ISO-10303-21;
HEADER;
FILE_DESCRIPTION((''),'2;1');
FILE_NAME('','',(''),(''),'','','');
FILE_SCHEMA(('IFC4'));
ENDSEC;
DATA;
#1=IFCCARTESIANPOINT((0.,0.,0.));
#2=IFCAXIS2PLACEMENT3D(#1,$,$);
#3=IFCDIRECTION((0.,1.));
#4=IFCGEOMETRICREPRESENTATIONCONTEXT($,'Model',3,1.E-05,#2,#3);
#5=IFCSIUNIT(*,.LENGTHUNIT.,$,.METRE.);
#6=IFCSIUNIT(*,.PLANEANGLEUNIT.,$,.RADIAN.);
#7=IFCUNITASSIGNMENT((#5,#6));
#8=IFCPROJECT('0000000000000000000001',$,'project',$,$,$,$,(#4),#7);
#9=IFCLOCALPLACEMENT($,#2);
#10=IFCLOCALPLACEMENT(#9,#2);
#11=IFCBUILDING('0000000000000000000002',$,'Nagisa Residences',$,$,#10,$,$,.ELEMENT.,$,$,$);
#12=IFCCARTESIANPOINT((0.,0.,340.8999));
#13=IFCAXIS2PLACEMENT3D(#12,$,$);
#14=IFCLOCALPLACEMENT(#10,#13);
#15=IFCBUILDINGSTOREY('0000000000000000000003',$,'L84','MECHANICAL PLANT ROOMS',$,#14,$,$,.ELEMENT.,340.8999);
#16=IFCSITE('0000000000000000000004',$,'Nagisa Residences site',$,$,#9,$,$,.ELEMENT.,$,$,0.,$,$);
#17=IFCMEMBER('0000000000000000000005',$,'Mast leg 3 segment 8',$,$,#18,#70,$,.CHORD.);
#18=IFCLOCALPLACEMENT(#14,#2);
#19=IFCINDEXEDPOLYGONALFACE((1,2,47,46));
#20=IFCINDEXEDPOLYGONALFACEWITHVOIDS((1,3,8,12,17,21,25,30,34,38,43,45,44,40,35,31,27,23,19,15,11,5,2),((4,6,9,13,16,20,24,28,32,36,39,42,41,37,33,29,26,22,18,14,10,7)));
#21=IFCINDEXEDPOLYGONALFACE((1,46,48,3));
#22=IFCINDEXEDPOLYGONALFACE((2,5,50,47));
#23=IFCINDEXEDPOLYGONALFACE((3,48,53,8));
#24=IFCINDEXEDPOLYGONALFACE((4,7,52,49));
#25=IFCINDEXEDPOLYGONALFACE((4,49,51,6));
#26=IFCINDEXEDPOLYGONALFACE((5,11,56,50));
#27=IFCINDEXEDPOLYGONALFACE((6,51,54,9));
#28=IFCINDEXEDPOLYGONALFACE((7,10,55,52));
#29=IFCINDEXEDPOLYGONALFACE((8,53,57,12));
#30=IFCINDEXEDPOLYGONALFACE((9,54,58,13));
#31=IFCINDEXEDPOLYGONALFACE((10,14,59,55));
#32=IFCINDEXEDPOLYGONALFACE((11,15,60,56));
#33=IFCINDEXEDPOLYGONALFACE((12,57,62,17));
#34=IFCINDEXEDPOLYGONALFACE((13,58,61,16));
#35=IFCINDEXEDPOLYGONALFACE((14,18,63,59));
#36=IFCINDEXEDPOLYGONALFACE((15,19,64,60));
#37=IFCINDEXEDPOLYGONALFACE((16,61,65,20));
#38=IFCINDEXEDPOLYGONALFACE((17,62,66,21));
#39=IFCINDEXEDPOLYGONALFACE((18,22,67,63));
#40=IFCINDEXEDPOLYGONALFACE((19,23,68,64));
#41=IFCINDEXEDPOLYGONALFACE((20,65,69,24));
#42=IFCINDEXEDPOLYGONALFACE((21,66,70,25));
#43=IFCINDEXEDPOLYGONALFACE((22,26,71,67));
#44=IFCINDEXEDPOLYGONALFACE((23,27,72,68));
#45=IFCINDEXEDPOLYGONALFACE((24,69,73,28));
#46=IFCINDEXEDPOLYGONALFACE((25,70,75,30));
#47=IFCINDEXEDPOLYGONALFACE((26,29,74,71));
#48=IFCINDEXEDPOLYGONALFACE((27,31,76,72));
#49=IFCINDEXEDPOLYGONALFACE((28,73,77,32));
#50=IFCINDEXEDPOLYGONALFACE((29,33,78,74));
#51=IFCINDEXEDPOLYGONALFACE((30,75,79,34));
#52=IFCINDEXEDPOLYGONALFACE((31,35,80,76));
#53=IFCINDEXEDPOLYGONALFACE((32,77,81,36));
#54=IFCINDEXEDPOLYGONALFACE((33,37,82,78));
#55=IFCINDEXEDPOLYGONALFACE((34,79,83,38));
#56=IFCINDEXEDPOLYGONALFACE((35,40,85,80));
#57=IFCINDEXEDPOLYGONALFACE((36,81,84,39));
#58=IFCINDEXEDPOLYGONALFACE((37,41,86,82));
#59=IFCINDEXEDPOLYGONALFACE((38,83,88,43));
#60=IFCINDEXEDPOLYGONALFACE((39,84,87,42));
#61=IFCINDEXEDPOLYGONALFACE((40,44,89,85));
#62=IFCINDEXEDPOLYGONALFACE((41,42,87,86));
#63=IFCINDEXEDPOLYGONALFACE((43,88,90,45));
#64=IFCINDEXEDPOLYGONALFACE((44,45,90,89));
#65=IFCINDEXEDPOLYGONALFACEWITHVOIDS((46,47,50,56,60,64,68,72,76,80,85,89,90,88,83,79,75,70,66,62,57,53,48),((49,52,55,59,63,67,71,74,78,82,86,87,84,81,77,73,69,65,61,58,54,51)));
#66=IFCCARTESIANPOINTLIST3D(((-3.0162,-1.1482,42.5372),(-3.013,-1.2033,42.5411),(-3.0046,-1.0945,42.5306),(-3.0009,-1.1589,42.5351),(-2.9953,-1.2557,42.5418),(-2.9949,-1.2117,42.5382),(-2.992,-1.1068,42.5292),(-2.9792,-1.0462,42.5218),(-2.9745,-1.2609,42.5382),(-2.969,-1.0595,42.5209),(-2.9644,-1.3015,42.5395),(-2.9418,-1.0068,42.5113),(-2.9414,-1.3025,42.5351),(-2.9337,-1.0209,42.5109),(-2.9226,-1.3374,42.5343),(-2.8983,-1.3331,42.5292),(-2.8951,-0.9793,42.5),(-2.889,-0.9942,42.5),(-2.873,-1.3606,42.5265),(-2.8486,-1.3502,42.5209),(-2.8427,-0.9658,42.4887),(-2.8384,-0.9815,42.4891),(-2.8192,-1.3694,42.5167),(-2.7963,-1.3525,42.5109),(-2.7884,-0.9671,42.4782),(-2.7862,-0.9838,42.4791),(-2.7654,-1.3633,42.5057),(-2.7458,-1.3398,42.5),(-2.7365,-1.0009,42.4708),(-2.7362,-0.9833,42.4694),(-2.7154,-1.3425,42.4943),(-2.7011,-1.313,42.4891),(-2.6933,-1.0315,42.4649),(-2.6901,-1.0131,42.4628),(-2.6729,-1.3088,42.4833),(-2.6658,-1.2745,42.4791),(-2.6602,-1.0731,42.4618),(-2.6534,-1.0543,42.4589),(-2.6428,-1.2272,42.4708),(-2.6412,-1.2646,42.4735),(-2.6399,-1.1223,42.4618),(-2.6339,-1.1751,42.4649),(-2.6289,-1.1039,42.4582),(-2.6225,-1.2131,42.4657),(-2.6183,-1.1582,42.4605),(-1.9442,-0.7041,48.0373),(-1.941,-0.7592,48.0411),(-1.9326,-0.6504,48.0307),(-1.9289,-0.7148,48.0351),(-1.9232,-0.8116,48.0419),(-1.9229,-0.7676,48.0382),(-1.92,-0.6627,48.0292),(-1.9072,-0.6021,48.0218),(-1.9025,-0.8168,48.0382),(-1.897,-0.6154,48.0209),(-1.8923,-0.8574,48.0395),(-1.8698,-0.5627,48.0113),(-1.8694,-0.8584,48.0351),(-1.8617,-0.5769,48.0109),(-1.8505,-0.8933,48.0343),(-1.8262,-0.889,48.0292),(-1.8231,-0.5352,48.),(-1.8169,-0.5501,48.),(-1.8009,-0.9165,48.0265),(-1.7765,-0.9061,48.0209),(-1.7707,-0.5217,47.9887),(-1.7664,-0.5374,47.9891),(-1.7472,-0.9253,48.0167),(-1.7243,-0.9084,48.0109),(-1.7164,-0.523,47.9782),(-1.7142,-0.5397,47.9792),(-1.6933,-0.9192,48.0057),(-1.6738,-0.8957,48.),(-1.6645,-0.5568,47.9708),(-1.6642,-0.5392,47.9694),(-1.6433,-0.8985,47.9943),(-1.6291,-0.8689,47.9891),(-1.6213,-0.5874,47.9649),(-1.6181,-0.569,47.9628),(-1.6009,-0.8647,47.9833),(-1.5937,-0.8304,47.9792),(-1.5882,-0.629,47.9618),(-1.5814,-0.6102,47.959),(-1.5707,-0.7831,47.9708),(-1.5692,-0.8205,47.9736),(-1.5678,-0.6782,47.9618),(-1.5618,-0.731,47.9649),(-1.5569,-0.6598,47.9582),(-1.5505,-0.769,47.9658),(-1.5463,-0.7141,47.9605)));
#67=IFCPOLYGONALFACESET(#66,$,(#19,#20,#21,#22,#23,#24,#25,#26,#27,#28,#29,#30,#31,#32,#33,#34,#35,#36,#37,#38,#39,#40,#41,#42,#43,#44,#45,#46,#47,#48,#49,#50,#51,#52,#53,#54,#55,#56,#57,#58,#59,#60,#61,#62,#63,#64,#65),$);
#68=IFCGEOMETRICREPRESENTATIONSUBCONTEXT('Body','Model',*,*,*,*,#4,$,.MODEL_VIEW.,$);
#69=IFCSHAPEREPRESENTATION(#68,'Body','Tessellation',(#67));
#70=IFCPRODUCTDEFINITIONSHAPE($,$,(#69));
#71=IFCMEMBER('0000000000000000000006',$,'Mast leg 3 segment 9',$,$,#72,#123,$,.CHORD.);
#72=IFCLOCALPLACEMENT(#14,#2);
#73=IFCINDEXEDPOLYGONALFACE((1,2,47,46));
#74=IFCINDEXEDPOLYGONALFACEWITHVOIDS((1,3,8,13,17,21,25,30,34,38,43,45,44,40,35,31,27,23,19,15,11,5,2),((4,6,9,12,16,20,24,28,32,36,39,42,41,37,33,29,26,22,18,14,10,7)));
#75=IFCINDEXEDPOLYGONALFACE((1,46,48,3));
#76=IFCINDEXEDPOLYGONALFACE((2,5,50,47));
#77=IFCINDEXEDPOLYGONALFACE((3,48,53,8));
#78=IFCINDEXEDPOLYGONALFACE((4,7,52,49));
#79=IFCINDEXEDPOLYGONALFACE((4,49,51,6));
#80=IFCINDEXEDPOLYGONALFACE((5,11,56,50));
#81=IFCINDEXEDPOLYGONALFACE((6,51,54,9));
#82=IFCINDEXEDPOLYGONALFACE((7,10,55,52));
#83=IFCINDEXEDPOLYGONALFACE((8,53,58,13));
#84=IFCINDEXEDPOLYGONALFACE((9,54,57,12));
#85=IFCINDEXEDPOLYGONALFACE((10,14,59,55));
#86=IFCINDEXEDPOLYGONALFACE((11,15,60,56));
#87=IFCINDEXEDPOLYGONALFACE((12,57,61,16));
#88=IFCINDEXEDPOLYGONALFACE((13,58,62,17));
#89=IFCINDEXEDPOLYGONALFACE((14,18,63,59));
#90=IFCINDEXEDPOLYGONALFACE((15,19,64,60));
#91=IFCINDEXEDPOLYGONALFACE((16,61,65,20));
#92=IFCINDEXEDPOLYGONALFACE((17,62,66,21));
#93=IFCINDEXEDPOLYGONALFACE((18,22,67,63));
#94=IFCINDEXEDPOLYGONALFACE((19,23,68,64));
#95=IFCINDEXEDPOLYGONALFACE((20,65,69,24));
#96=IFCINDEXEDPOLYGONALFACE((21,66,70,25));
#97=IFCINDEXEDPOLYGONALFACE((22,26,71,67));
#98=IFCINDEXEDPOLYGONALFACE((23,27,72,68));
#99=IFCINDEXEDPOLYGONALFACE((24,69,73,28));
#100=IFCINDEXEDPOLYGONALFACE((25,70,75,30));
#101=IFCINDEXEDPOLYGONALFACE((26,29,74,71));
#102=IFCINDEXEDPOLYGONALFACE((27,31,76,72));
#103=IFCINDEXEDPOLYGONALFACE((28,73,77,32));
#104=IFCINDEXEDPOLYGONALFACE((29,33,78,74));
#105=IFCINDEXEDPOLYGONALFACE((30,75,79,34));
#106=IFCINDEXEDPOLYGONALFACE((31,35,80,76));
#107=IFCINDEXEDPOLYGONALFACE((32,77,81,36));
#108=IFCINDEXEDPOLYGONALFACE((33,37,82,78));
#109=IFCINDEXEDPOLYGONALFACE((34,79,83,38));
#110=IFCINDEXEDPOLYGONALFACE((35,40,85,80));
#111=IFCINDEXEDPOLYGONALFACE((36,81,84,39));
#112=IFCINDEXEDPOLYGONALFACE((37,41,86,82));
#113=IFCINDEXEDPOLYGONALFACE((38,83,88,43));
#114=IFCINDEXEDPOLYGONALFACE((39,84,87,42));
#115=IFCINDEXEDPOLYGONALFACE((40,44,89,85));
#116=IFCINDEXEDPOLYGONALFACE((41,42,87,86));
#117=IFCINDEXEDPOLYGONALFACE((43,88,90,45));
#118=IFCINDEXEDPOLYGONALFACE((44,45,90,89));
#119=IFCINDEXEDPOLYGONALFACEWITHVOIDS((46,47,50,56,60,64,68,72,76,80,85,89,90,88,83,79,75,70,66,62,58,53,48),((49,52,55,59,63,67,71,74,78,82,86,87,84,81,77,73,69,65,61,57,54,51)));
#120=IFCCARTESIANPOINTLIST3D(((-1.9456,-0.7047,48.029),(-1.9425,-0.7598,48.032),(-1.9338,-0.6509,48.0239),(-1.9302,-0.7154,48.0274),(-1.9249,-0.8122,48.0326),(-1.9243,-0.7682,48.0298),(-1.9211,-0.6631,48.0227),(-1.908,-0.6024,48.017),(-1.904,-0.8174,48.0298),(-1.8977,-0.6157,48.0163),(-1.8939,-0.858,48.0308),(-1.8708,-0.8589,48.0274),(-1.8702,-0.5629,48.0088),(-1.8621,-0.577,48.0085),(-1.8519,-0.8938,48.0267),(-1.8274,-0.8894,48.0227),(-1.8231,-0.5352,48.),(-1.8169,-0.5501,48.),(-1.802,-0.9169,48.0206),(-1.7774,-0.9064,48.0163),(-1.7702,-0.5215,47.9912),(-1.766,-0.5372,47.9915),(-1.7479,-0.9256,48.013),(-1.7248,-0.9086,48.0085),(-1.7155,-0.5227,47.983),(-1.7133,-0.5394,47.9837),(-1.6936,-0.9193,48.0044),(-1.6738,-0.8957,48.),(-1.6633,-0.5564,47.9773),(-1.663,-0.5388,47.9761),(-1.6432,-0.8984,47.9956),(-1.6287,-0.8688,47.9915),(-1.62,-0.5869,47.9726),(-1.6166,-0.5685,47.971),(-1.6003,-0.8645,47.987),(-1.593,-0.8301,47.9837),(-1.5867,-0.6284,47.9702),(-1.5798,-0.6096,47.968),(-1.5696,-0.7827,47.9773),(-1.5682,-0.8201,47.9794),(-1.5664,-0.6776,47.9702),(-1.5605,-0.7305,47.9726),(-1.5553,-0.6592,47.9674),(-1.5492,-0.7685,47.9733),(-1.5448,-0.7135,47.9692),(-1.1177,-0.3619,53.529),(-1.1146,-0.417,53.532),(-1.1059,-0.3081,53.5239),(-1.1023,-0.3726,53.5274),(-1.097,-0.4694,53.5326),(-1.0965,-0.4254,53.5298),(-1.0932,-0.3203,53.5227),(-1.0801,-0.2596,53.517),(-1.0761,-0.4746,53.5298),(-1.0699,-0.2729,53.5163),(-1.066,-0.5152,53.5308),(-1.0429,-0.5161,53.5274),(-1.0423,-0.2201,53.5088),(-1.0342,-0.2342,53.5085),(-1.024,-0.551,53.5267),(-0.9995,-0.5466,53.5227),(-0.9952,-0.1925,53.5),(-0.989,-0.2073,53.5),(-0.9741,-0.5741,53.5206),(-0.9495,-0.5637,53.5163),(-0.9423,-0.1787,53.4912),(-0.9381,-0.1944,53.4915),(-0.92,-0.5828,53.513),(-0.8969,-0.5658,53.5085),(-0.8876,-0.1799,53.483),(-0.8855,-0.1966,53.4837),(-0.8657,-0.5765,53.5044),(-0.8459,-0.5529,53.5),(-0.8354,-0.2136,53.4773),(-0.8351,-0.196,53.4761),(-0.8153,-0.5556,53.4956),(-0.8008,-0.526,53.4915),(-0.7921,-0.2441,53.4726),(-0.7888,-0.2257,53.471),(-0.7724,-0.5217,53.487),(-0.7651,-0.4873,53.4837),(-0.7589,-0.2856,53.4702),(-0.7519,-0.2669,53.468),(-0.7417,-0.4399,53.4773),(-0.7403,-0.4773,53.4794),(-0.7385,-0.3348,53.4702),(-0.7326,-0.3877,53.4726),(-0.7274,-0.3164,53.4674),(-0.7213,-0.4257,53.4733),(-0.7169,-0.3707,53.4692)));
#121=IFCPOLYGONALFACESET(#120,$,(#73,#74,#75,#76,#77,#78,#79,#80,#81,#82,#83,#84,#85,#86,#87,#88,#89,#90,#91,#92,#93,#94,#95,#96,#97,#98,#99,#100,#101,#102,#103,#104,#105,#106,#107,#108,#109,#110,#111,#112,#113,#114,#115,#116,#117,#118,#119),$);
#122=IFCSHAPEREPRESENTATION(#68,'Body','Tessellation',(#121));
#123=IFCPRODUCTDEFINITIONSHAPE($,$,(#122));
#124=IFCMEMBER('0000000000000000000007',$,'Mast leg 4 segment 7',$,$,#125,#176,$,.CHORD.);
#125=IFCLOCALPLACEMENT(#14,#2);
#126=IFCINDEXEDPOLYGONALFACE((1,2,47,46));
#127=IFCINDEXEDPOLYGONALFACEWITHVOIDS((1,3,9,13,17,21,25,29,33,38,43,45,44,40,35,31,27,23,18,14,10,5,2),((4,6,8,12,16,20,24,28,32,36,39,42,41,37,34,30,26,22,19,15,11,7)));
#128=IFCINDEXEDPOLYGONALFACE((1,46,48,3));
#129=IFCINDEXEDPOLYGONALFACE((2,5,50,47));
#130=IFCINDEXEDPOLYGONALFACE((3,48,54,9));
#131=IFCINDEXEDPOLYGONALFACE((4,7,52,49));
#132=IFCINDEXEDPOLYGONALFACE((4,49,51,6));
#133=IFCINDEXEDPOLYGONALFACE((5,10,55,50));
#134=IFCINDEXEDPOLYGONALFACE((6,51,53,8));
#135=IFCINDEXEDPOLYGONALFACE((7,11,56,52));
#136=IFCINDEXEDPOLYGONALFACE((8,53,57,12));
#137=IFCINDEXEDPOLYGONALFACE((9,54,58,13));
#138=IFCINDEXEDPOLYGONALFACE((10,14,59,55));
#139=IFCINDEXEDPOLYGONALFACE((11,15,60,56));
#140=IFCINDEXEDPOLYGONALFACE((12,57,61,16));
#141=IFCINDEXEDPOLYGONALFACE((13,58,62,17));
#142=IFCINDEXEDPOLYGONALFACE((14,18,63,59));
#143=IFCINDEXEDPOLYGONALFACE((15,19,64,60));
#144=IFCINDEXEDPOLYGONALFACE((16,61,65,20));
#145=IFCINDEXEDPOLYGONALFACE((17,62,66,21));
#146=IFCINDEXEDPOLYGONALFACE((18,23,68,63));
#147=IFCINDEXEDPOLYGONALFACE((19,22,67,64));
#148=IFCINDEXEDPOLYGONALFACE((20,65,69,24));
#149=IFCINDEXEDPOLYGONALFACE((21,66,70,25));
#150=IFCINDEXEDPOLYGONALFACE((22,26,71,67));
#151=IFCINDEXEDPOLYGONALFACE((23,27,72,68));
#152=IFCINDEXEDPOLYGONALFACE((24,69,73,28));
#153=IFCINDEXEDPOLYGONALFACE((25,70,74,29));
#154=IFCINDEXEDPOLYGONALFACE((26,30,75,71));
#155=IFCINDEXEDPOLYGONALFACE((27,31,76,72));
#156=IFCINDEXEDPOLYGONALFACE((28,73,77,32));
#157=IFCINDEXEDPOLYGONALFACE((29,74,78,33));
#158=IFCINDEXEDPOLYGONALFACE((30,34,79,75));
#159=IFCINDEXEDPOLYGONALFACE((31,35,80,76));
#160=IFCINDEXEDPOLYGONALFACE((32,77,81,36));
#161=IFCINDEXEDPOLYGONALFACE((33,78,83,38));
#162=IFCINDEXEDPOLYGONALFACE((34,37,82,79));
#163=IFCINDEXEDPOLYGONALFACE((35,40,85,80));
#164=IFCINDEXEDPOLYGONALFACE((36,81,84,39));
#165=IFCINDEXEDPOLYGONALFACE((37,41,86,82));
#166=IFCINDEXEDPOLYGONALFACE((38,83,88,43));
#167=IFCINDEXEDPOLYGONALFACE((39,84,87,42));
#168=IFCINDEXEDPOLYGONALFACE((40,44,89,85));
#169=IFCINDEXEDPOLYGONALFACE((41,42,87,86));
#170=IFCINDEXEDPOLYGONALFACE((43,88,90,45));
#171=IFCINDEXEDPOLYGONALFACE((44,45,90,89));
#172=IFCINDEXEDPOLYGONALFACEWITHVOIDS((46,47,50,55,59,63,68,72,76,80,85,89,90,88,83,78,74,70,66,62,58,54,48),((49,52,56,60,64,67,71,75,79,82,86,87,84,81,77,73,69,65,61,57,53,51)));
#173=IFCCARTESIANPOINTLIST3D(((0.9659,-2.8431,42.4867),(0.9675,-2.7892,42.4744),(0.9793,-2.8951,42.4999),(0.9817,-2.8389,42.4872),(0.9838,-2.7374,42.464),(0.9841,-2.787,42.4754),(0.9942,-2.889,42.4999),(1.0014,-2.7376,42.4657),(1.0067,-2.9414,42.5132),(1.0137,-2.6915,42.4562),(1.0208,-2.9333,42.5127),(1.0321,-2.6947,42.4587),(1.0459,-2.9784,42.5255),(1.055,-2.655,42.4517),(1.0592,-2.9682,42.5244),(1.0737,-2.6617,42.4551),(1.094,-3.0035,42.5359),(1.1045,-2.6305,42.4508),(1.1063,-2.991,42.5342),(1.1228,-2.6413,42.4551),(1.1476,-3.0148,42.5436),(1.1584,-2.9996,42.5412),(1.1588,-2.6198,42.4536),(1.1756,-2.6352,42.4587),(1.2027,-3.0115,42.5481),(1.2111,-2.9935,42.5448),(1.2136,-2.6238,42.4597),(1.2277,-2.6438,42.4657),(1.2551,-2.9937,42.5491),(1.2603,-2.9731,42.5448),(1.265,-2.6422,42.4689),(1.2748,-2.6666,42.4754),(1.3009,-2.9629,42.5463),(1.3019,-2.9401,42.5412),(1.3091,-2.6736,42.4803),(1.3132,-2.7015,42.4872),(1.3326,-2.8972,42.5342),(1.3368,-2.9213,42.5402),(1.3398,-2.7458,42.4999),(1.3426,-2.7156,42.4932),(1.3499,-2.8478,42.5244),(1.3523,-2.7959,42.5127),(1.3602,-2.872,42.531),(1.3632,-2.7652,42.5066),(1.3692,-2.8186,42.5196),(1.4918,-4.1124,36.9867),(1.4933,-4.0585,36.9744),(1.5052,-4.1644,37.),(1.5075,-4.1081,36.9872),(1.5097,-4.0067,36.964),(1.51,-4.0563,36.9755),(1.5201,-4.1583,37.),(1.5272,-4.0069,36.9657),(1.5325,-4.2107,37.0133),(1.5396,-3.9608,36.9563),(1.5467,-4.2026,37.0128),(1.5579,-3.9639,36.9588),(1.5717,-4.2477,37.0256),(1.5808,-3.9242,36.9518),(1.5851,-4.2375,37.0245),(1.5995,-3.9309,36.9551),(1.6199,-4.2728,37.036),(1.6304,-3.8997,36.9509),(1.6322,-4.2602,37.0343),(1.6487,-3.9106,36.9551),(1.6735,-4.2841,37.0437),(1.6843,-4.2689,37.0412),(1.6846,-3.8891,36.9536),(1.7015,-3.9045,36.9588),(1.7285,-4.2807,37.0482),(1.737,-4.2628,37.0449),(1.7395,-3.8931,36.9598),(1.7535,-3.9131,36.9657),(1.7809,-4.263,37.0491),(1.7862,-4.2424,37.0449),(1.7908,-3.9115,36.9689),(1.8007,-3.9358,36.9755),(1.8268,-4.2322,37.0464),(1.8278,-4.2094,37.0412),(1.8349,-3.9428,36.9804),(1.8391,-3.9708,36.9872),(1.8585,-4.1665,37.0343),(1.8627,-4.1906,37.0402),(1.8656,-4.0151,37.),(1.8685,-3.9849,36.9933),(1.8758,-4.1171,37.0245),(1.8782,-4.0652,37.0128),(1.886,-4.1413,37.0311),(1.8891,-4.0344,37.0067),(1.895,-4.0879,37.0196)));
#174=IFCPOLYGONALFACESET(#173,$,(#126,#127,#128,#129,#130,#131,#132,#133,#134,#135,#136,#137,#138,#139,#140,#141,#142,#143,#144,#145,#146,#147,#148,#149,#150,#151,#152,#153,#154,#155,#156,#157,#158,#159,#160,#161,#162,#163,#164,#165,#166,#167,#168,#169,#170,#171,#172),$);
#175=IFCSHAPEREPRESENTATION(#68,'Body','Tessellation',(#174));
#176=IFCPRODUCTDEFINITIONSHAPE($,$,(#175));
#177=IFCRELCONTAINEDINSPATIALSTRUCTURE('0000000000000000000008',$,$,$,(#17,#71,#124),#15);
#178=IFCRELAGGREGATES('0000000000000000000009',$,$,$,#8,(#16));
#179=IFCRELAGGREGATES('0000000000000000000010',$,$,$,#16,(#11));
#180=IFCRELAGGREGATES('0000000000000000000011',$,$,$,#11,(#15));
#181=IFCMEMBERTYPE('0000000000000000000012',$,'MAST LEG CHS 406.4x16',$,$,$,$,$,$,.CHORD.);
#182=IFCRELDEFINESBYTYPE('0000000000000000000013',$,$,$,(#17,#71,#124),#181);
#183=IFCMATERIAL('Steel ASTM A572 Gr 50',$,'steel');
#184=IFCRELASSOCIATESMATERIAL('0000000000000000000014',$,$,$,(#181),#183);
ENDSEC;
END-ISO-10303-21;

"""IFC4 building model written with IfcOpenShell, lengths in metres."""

from ifc_helpers import new_model, si_unit, direction, frame, origin, origin_2d, place, context, subcontext, project, spatial, hollow_circle, extrude, material, material_profile, profile_set, type_object, element, save


model = new_model("IFC4")

# Units and contexts
model_context = context("Model", 3, precision=1e-05, world=origin(), true_north=direction((0.0, 1.0)))
body_context = subcontext(model_context, "Body", "Model", "MODEL_VIEW")
ifc_project = project(units=[si_unit("LENGTHUNIT", "METRE"), si_unit("PLANEANGLEUNIT", "RADIAN")], contexts=[model_context])

# Site, building, storey
site_placement = place(None, origin())
site = spatial("IfcSite", under=ifc_project, at=site_placement, Name="Nagisa Residences site", CompositionType="ELEMENT", RefElevation=0.0)
building_placement = place(site_placement, origin())
building = spatial("IfcBuilding", under=site, at=building_placement, Name="Nagisa Residences", CompositionType="ELEMENT")
storey_placement = place(building_placement, frame((0.0, 0.0, 340.8999)))
storey = spatial("IfcBuildingStorey", under=building, at=storey_placement, Name="L84", Description="MECHANICAL PLANT ROOMS", CompositionType="ELEMENT", Elevation=340.8999)

# Members
ifc_material_1 = material(Name="Steel ASTM A572 Gr 50", Category="steel")
ifc_material_profile_1 = material_profile(ifc_material_1, hollow_circle(Radius=0.2031, WallThickness=0.0161, at=origin_2d()), Name="MAST LEG CHS 406.4x16")
ifc_profile_set_1 = profile_set([ifc_material_profile_1], Name="Steel ASTM A572 Gr 50")
member_type_1 = type_object("IfcMemberType", Name="MAST LEG CHS 406.4x16", PredefinedType="CHORD", material=ifc_profile_set_1)
member_1_placement = place(storey_placement, frame((-2.8174, -1.167, 42.5), z_axis=(0.190715, 0.079005, 0.978461), x_axis=(-0.382717, 0.923866, 0.0)))
element("IfcMember", 1, at=member_1_placement, inside=storey, type_object=member_type_1, Name="Mast leg 3 segment 8", PredefinedType="CHORD", context=body_context, shape_type="SweptSolid", body=[
    extrude(hollow_circle(Radius=0.2031, WallThickness=0.0161, at=origin_2d()), origin(), (0.0, 0.0, 1.0), 5.6211),
])
member_2_placement = place(storey_placement, frame((-1.7454, -0.7229, 48.0), z_axis=(0.148565, 0.061511, 0.986988), x_axis=(-0.382544, 0.923937, 0.0)))
element("IfcMember", 2, at=member_2_placement, inside=storey, type_object=member_type_1, Name="Mast leg 3 segment 9", PredefinedType="CHORD", context=body_context, shape_type="SweptSolid", body=[
    extrude(hollow_circle(Radius=0.2031, WallThickness=0.0161, at=origin_2d()), origin(), (0.0, 0.0, 1.0), 5.5725),
])
member_3_placement = place(storey_placement, frame((1.6929, -4.0867, 37.0), z_axis=(-0.092764, 0.223899, 0.970188), x_axis=(-0.923848, -0.38276, 0.0)))
element("IfcMember", 3, at=member_3_placement, inside=storey, type_object=member_type_1, Name="Mast leg 4 segment 7", PredefinedType="CHORD", context=body_context, shape_type="SweptSolid", body=[
    extrude(hollow_circle(Radius=0.2031, WallThickness=0.0161, at=origin_2d()), origin(), (0.0, 0.0, 1.0), 5.6689),
])

save(model, "model.ifc")
